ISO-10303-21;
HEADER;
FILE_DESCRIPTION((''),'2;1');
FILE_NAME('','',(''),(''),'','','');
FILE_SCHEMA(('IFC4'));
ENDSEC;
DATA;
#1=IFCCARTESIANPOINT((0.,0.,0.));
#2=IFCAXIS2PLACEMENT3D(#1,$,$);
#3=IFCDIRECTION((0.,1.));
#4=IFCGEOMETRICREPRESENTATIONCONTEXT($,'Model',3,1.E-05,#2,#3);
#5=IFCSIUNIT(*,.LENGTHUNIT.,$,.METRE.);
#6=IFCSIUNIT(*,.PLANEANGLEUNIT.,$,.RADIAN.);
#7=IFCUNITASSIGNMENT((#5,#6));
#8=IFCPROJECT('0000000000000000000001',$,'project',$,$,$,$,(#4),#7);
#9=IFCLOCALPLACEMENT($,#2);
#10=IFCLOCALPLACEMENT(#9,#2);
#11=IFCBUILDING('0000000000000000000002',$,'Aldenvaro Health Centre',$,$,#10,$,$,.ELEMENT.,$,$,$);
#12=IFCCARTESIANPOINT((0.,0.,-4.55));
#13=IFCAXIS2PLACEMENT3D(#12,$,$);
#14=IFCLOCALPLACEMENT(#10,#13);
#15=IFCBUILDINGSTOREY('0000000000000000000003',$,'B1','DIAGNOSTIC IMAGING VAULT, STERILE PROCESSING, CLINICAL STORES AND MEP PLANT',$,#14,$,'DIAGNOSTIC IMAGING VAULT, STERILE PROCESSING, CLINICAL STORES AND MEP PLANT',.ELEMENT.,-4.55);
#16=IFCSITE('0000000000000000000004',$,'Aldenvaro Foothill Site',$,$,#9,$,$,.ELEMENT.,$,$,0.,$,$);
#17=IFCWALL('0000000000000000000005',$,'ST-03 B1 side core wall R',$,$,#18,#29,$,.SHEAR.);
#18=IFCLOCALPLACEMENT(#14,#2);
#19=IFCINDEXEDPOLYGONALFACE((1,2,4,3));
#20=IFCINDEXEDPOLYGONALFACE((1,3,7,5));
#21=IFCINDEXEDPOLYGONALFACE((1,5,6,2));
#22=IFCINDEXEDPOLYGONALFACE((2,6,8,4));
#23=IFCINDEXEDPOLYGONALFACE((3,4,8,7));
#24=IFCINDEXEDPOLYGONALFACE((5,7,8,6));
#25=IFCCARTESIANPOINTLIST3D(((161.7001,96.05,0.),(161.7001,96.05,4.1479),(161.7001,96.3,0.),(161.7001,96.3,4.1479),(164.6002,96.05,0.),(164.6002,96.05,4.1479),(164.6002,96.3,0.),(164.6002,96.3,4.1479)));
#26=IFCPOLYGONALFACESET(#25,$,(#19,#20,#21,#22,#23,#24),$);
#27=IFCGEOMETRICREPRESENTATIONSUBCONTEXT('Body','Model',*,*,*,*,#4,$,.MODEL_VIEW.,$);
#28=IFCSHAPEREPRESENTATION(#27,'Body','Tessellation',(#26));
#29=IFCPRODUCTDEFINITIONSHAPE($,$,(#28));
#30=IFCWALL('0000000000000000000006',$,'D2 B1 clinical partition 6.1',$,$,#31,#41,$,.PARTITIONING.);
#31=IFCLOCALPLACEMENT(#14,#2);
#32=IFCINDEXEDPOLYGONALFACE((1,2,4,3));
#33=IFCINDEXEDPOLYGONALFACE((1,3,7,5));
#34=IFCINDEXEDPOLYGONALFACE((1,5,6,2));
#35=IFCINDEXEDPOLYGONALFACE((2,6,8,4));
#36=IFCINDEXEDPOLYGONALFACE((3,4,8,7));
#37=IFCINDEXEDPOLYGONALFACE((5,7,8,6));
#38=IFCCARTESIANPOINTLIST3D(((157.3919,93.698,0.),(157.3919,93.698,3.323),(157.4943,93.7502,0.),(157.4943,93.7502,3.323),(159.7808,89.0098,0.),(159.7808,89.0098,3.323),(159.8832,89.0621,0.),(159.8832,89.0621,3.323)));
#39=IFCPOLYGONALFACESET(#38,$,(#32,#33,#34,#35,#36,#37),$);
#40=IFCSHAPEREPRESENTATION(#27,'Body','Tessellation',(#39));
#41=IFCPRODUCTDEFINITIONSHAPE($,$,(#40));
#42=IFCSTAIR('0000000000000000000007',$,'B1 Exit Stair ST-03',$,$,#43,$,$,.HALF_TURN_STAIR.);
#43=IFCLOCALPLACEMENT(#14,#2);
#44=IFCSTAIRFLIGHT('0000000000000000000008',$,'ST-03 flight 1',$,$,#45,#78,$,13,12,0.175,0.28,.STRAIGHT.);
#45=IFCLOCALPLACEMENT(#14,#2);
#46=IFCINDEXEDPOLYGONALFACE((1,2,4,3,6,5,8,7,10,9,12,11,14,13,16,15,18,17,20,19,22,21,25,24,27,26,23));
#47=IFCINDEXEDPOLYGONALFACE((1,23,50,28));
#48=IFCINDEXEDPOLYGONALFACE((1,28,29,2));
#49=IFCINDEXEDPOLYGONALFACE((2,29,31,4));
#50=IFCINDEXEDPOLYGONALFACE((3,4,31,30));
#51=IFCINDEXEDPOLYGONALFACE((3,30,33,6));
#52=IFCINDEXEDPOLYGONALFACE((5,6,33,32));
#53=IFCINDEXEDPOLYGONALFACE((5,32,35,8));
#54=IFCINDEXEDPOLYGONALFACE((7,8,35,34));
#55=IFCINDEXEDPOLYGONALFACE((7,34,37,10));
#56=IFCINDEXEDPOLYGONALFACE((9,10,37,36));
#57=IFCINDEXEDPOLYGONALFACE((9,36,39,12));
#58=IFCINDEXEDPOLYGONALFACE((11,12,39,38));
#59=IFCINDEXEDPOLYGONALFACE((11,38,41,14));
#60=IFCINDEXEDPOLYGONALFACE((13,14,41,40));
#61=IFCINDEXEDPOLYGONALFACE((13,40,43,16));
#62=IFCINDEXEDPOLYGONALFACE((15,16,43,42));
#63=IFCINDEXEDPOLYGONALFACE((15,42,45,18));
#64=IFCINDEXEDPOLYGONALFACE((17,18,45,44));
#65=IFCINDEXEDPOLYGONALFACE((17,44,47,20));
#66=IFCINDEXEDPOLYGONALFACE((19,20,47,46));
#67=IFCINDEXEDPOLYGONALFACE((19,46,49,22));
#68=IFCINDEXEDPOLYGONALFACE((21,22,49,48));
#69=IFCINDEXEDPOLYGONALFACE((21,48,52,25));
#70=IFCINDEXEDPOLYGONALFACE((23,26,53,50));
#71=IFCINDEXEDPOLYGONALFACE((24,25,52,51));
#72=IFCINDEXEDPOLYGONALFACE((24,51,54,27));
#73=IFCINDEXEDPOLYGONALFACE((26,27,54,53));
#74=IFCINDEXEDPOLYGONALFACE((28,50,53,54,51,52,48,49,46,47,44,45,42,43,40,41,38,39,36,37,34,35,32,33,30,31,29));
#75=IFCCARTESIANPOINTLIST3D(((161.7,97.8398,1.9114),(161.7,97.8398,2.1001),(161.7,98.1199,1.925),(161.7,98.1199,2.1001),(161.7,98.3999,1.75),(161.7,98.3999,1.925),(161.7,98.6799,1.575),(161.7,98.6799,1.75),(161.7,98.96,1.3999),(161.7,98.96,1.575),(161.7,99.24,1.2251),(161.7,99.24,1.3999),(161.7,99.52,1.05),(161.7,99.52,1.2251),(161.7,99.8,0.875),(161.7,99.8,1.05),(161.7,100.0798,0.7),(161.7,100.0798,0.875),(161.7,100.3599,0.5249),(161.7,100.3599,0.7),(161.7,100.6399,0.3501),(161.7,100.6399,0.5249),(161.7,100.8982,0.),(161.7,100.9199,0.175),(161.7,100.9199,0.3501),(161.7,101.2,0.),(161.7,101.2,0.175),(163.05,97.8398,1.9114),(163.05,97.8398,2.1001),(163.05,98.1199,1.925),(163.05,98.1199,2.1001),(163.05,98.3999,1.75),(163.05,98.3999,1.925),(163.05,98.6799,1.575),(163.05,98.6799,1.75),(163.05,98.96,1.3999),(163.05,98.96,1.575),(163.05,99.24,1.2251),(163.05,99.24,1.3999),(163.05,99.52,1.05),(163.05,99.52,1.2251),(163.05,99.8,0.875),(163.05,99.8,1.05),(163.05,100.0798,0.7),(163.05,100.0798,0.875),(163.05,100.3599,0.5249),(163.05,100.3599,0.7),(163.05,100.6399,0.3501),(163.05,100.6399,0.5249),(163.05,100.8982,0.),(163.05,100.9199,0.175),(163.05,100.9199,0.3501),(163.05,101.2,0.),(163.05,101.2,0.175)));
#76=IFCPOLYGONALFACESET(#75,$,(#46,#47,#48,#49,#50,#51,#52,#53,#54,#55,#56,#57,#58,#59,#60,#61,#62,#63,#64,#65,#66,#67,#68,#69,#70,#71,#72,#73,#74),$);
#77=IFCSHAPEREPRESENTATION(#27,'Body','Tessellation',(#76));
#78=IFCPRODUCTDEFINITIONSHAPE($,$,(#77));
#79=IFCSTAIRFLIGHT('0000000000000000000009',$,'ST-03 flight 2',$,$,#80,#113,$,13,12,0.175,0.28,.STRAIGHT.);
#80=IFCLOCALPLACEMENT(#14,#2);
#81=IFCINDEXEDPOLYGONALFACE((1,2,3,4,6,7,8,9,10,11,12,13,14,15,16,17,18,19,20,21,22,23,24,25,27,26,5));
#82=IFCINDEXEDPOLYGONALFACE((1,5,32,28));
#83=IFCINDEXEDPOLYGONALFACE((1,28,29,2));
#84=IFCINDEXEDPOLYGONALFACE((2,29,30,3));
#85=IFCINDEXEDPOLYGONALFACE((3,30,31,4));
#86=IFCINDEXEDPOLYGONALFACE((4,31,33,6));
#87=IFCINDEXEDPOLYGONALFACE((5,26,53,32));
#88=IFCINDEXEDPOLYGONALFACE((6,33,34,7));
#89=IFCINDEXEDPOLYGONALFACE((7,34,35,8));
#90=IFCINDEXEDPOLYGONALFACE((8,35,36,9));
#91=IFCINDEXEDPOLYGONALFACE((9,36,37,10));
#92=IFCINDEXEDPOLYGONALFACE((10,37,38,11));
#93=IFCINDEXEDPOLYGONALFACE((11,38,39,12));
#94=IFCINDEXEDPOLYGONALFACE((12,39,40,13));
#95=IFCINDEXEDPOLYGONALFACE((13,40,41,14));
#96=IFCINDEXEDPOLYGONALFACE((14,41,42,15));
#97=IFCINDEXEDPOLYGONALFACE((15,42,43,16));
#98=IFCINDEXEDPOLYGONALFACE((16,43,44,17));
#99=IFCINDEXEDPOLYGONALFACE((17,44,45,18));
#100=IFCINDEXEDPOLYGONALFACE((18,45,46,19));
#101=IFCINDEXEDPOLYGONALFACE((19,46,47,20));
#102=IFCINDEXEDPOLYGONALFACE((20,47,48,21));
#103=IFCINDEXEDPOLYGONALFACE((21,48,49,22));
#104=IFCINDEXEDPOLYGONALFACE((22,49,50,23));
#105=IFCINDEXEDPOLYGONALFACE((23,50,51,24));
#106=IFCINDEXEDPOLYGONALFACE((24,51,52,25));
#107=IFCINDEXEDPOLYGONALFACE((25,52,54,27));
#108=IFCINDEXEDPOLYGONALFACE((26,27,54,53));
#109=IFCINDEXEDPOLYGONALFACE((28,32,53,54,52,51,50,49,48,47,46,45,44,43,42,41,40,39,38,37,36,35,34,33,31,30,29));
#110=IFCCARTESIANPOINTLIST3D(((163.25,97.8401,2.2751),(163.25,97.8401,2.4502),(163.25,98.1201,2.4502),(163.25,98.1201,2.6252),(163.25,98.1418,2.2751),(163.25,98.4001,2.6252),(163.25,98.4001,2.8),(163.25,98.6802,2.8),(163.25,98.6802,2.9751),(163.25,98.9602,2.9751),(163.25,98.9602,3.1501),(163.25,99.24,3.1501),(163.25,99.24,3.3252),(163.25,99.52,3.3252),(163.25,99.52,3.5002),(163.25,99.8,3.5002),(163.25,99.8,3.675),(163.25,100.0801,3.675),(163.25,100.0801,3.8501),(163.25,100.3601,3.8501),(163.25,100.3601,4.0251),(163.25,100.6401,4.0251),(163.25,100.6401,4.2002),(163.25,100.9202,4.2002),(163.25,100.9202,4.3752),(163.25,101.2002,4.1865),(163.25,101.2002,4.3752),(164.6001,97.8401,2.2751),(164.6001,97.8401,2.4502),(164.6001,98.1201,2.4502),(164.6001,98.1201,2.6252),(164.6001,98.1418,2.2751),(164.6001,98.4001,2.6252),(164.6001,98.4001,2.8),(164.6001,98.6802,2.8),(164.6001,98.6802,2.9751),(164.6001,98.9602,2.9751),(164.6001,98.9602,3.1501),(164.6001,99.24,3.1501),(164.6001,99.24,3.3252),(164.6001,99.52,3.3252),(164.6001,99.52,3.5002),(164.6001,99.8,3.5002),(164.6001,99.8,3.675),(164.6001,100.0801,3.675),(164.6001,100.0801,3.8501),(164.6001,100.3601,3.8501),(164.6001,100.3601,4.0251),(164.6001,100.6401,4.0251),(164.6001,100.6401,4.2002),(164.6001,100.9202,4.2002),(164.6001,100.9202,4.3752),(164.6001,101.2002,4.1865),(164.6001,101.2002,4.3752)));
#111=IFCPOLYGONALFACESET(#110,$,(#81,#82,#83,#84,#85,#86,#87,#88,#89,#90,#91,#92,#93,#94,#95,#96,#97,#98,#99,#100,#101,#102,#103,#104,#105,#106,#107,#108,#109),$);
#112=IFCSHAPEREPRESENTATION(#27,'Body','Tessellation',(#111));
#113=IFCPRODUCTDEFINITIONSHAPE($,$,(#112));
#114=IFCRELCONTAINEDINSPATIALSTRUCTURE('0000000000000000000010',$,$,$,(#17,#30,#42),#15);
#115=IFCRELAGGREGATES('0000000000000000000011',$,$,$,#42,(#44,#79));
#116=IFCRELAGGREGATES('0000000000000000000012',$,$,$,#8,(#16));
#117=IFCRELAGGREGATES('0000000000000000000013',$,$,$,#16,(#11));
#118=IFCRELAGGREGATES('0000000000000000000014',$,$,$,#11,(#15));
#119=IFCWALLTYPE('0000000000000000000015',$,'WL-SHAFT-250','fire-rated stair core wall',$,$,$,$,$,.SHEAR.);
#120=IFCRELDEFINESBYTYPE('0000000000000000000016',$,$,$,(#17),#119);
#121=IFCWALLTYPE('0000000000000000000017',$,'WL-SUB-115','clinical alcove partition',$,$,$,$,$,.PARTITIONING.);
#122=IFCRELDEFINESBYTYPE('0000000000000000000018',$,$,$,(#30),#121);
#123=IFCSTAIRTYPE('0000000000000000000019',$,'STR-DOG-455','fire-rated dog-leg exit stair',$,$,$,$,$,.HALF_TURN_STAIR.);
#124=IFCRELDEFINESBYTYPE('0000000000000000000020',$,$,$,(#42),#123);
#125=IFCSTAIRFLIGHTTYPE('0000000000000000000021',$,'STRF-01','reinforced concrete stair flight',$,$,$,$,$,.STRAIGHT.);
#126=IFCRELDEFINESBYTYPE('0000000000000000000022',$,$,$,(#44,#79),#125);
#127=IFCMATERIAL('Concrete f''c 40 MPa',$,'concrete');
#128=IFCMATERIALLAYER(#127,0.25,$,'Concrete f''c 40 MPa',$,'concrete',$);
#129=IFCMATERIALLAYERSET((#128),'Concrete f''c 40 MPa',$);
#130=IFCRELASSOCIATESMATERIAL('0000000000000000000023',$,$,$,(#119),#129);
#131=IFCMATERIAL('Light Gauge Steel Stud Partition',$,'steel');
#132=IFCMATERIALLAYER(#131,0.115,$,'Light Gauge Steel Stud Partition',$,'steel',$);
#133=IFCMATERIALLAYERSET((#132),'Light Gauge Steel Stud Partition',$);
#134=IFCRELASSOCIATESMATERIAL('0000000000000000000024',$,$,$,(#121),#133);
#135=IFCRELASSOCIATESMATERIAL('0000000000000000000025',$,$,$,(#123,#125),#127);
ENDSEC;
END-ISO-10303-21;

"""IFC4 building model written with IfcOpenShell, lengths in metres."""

from ifc_helpers import new_model, si_unit, direction, frame, frame_2d, origin, place, context, subcontext, project, spatial, polyline, rectangle, outline, extrude, material, layer, layer_set, type_object, element, aggregate, save


model = new_model("IFC4")

# Units and contexts
model_context = context("Model", 3, precision=1e-05, world=origin(), true_north=direction((0.0, 1.0)))
body_context = subcontext(model_context, "Body", "Model", "MODEL_VIEW")
ifc_project = project(units=[si_unit("LENGTHUNIT", "METRE"), si_unit("PLANEANGLEUNIT", "RADIAN")], contexts=[model_context])

# Site, building, storey
site_placement = place(None, origin())
site = spatial("IfcSite", under=ifc_project, at=site_placement, Name="Aldenvaro Foothill Site", CompositionType="ELEMENT", RefElevation=0.0)
building_placement = place(site_placement, origin())
building = spatial("IfcBuilding", under=site, at=building_placement, Name="Aldenvaro Health Centre", CompositionType="ELEMENT")
storey_placement = place(building_placement, frame((0.0, 0.0, -4.55)))
storey = spatial("IfcBuildingStorey", under=building, at=storey_placement, Name="B1", Description="DIAGNOSTIC IMAGING VAULT, STERILE PROCESSING, CLINICAL STORES AND MEP PLANT", LongName="DIAGNOSTIC IMAGING VAULT, STERILE PROCESSING, CLINICAL STORES AND MEP PLANT", CompositionType="ELEMENT", Elevation=-4.55)

# Shared definitions
ifc_material_1 = material(Name="Concrete f'c 40 MPa", Category="concrete")

# Walls
ifc_layer_1 = layer(ifc_material_1, 0.25, Name="Concrete f'c 40 MPa", Category="concrete")
ifc_layer_set_1 = layer_set([ifc_layer_1], Name="Concrete f'c 40 MPa")
wall_type_1 = type_object("IfcWallType", Name="WL-SHAFT-250", Description="fire-rated stair core wall", PredefinedType="SHEAR", material=ifc_layer_set_1)
wall_1_placement = place(storey_placement, frame((161.7, 96.175, 0.0), z_axis=(0.0, 0.0, 1.0), x_axis=(1.0, 0.0, 0.0)))
element("IfcWall", 1, at=wall_1_placement, inside=storey, type_object=wall_type_1, Name="ST-03 B1 side core wall R", PredefinedType="SHEAR", context=body_context, shape_type="SweptSolid", body=[
    extrude(rectangle(XDim=2.9001, YDim=0.25, at=frame_2d((1.4502, 0.0))), origin(), (0.0, 0.0, 1.0), 4.1479),
])
ifc_material_2 = material(Name="Light Gauge Steel Stud Partition", Category="steel")
ifc_layer_2 = layer(ifc_material_2, 0.115, Name="Light Gauge Steel Stud Partition", Category="steel")
ifc_layer_set_2 = layer_set([ifc_layer_2], Name="Light Gauge Steel Stud Partition")
wall_type_2 = type_object("IfcWallType", Name="WL-SUB-115", Description="clinical alcove partition", PredefinedType="PARTITIONING", material=ifc_layer_set_2)
wall_2_placement = place(storey_placement, frame((157.4431, 93.7241, 0.0), z_axis=(0.0, 0.0, 1.0), x_axis=(0.454012, -0.890996, 0.0)))
element("IfcWall", 2, at=wall_2_placement, inside=storey, type_object=wall_type_2, Name="D2 B1 clinical partition 6.1", PredefinedType="PARTITIONING", context=body_context, shape_type="SweptSolid", body=[
    extrude(rectangle(XDim=5.2617, YDim=0.115, at=frame_2d((2.6309, 0.0))), origin(), (0.0, 0.0, 1.0), 3.323),
])

# Stair, stair flights
stair_type = type_object("IfcStairType", Name="STR-DOG-455", Description="fire-rated dog-leg exit stair", PredefinedType="HALF_TURN_STAIR", material=ifc_material_1)
stair_placement = place(storey_placement, origin())
stair = element("IfcStair", 3, at=stair_placement, inside=storey, type_object=stair_type, Name="B1 Exit Stair ST-03", PredefinedType="HALF_TURN_STAIR")
stair_flight_type = type_object("IfcStairFlightType", Name="STRF-01", Description="reinforced concrete stair flight", PredefinedType="STRAIGHT", material=ifc_material_1)
stair_flight_1_placement = place(storey_placement, frame((162.375, 101.2, 0.0), z_axis=(0.0, 0.0, 1.0), x_axis=(0.0, -1.0, 0.0)))
stair_flight_1 = element("IfcStairFlight", 4, at=stair_flight_1_placement, type_object=stair_flight_type, Name="ST-03 flight 1", NumberOfRisers=13, NumberOfTreads=12, PredefinedType="STRAIGHT", RiserHeight=0.175, TreadLength=0.28, context=body_context, shape_type="SweptSolid", body=[
    extrude(outline(polyline([(0.0, 0.0), (0.0, 0.175), (0.28, 0.175), (0.28, 0.3501), (0.5601, 0.3501), (0.5601, 0.5249), (0.8401, 0.5249), (0.8401, 0.7), (1.1201, 0.7), (1.1201, 0.875), (1.3999, 0.875), (1.3999, 1.05), (1.6799, 1.05), (1.6799, 1.2251), (1.96, 1.2251), (1.96, 1.3999), (2.24, 1.3999), (2.24, 1.575), (2.52, 1.575), (2.52, 1.75), (2.8, 1.75), (2.8, 1.925), (3.0801, 1.925), (3.0801, 2.1001), (3.3601, 2.1001), (3.3601, 2.2749), (3.3601, 1.9114), (0.3018, 0.0), (0.0, 0.0)])), frame((0.0, 0.675, 0.0), z_axis=(0.0, -1.0, 0.0), x_axis=(1.0, 0.0, 0.0)), (0.0, 0.0, 1.0), 1.3501),
])
stair_flight_2_placement = place(storey_placement, frame((163.925, 97.8401, 2.2751), z_axis=(0.0, 0.0, 1.0), x_axis=(0.0, 1.0, 0.0)))
stair_flight_2 = element("IfcStairFlight", 5, at=stair_flight_2_placement, type_object=stair_flight_type, Name="ST-03 flight 2", NumberOfRisers=13, NumberOfTreads=12, PredefinedType="STRAIGHT", RiserHeight=0.175, TreadLength=0.28, context=body_context, shape_type="SweptSolid", body=[
    extrude(outline(polyline([(0.0, 0.0), (0.0, 0.175), (0.28, 0.175), (0.28, 0.3501), (0.5601, 0.3501), (0.5601, 0.5249), (0.8401, 0.5249), (0.8401, 0.7), (1.1201, 0.7), (1.1201, 0.875), (1.3999, 0.875), (1.3999, 1.05), (1.6799, 1.05), (1.6799, 1.2251), (1.96, 1.2251), (1.96, 1.3999), (2.24, 1.3999), (2.24, 1.575), (2.52, 1.575), (2.52, 1.75), (2.8, 1.75), (2.8, 1.925), (3.0801, 1.925), (3.0801, 2.1001), (3.3601, 2.1001), (3.3601, 2.2749), (3.3601, 1.9114), (0.3018, 0.0), (0.0, 0.0)])), frame((0.0, 0.675, 0.0), z_axis=(0.0, -1.0, 0.0), x_axis=(1.0, 0.0, 0.0)), (0.0, 0.0, 1.0), 1.3501),
])
aggregate(stair, [stair_flight_1, stair_flight_2])

save(model, "model.ifc")
